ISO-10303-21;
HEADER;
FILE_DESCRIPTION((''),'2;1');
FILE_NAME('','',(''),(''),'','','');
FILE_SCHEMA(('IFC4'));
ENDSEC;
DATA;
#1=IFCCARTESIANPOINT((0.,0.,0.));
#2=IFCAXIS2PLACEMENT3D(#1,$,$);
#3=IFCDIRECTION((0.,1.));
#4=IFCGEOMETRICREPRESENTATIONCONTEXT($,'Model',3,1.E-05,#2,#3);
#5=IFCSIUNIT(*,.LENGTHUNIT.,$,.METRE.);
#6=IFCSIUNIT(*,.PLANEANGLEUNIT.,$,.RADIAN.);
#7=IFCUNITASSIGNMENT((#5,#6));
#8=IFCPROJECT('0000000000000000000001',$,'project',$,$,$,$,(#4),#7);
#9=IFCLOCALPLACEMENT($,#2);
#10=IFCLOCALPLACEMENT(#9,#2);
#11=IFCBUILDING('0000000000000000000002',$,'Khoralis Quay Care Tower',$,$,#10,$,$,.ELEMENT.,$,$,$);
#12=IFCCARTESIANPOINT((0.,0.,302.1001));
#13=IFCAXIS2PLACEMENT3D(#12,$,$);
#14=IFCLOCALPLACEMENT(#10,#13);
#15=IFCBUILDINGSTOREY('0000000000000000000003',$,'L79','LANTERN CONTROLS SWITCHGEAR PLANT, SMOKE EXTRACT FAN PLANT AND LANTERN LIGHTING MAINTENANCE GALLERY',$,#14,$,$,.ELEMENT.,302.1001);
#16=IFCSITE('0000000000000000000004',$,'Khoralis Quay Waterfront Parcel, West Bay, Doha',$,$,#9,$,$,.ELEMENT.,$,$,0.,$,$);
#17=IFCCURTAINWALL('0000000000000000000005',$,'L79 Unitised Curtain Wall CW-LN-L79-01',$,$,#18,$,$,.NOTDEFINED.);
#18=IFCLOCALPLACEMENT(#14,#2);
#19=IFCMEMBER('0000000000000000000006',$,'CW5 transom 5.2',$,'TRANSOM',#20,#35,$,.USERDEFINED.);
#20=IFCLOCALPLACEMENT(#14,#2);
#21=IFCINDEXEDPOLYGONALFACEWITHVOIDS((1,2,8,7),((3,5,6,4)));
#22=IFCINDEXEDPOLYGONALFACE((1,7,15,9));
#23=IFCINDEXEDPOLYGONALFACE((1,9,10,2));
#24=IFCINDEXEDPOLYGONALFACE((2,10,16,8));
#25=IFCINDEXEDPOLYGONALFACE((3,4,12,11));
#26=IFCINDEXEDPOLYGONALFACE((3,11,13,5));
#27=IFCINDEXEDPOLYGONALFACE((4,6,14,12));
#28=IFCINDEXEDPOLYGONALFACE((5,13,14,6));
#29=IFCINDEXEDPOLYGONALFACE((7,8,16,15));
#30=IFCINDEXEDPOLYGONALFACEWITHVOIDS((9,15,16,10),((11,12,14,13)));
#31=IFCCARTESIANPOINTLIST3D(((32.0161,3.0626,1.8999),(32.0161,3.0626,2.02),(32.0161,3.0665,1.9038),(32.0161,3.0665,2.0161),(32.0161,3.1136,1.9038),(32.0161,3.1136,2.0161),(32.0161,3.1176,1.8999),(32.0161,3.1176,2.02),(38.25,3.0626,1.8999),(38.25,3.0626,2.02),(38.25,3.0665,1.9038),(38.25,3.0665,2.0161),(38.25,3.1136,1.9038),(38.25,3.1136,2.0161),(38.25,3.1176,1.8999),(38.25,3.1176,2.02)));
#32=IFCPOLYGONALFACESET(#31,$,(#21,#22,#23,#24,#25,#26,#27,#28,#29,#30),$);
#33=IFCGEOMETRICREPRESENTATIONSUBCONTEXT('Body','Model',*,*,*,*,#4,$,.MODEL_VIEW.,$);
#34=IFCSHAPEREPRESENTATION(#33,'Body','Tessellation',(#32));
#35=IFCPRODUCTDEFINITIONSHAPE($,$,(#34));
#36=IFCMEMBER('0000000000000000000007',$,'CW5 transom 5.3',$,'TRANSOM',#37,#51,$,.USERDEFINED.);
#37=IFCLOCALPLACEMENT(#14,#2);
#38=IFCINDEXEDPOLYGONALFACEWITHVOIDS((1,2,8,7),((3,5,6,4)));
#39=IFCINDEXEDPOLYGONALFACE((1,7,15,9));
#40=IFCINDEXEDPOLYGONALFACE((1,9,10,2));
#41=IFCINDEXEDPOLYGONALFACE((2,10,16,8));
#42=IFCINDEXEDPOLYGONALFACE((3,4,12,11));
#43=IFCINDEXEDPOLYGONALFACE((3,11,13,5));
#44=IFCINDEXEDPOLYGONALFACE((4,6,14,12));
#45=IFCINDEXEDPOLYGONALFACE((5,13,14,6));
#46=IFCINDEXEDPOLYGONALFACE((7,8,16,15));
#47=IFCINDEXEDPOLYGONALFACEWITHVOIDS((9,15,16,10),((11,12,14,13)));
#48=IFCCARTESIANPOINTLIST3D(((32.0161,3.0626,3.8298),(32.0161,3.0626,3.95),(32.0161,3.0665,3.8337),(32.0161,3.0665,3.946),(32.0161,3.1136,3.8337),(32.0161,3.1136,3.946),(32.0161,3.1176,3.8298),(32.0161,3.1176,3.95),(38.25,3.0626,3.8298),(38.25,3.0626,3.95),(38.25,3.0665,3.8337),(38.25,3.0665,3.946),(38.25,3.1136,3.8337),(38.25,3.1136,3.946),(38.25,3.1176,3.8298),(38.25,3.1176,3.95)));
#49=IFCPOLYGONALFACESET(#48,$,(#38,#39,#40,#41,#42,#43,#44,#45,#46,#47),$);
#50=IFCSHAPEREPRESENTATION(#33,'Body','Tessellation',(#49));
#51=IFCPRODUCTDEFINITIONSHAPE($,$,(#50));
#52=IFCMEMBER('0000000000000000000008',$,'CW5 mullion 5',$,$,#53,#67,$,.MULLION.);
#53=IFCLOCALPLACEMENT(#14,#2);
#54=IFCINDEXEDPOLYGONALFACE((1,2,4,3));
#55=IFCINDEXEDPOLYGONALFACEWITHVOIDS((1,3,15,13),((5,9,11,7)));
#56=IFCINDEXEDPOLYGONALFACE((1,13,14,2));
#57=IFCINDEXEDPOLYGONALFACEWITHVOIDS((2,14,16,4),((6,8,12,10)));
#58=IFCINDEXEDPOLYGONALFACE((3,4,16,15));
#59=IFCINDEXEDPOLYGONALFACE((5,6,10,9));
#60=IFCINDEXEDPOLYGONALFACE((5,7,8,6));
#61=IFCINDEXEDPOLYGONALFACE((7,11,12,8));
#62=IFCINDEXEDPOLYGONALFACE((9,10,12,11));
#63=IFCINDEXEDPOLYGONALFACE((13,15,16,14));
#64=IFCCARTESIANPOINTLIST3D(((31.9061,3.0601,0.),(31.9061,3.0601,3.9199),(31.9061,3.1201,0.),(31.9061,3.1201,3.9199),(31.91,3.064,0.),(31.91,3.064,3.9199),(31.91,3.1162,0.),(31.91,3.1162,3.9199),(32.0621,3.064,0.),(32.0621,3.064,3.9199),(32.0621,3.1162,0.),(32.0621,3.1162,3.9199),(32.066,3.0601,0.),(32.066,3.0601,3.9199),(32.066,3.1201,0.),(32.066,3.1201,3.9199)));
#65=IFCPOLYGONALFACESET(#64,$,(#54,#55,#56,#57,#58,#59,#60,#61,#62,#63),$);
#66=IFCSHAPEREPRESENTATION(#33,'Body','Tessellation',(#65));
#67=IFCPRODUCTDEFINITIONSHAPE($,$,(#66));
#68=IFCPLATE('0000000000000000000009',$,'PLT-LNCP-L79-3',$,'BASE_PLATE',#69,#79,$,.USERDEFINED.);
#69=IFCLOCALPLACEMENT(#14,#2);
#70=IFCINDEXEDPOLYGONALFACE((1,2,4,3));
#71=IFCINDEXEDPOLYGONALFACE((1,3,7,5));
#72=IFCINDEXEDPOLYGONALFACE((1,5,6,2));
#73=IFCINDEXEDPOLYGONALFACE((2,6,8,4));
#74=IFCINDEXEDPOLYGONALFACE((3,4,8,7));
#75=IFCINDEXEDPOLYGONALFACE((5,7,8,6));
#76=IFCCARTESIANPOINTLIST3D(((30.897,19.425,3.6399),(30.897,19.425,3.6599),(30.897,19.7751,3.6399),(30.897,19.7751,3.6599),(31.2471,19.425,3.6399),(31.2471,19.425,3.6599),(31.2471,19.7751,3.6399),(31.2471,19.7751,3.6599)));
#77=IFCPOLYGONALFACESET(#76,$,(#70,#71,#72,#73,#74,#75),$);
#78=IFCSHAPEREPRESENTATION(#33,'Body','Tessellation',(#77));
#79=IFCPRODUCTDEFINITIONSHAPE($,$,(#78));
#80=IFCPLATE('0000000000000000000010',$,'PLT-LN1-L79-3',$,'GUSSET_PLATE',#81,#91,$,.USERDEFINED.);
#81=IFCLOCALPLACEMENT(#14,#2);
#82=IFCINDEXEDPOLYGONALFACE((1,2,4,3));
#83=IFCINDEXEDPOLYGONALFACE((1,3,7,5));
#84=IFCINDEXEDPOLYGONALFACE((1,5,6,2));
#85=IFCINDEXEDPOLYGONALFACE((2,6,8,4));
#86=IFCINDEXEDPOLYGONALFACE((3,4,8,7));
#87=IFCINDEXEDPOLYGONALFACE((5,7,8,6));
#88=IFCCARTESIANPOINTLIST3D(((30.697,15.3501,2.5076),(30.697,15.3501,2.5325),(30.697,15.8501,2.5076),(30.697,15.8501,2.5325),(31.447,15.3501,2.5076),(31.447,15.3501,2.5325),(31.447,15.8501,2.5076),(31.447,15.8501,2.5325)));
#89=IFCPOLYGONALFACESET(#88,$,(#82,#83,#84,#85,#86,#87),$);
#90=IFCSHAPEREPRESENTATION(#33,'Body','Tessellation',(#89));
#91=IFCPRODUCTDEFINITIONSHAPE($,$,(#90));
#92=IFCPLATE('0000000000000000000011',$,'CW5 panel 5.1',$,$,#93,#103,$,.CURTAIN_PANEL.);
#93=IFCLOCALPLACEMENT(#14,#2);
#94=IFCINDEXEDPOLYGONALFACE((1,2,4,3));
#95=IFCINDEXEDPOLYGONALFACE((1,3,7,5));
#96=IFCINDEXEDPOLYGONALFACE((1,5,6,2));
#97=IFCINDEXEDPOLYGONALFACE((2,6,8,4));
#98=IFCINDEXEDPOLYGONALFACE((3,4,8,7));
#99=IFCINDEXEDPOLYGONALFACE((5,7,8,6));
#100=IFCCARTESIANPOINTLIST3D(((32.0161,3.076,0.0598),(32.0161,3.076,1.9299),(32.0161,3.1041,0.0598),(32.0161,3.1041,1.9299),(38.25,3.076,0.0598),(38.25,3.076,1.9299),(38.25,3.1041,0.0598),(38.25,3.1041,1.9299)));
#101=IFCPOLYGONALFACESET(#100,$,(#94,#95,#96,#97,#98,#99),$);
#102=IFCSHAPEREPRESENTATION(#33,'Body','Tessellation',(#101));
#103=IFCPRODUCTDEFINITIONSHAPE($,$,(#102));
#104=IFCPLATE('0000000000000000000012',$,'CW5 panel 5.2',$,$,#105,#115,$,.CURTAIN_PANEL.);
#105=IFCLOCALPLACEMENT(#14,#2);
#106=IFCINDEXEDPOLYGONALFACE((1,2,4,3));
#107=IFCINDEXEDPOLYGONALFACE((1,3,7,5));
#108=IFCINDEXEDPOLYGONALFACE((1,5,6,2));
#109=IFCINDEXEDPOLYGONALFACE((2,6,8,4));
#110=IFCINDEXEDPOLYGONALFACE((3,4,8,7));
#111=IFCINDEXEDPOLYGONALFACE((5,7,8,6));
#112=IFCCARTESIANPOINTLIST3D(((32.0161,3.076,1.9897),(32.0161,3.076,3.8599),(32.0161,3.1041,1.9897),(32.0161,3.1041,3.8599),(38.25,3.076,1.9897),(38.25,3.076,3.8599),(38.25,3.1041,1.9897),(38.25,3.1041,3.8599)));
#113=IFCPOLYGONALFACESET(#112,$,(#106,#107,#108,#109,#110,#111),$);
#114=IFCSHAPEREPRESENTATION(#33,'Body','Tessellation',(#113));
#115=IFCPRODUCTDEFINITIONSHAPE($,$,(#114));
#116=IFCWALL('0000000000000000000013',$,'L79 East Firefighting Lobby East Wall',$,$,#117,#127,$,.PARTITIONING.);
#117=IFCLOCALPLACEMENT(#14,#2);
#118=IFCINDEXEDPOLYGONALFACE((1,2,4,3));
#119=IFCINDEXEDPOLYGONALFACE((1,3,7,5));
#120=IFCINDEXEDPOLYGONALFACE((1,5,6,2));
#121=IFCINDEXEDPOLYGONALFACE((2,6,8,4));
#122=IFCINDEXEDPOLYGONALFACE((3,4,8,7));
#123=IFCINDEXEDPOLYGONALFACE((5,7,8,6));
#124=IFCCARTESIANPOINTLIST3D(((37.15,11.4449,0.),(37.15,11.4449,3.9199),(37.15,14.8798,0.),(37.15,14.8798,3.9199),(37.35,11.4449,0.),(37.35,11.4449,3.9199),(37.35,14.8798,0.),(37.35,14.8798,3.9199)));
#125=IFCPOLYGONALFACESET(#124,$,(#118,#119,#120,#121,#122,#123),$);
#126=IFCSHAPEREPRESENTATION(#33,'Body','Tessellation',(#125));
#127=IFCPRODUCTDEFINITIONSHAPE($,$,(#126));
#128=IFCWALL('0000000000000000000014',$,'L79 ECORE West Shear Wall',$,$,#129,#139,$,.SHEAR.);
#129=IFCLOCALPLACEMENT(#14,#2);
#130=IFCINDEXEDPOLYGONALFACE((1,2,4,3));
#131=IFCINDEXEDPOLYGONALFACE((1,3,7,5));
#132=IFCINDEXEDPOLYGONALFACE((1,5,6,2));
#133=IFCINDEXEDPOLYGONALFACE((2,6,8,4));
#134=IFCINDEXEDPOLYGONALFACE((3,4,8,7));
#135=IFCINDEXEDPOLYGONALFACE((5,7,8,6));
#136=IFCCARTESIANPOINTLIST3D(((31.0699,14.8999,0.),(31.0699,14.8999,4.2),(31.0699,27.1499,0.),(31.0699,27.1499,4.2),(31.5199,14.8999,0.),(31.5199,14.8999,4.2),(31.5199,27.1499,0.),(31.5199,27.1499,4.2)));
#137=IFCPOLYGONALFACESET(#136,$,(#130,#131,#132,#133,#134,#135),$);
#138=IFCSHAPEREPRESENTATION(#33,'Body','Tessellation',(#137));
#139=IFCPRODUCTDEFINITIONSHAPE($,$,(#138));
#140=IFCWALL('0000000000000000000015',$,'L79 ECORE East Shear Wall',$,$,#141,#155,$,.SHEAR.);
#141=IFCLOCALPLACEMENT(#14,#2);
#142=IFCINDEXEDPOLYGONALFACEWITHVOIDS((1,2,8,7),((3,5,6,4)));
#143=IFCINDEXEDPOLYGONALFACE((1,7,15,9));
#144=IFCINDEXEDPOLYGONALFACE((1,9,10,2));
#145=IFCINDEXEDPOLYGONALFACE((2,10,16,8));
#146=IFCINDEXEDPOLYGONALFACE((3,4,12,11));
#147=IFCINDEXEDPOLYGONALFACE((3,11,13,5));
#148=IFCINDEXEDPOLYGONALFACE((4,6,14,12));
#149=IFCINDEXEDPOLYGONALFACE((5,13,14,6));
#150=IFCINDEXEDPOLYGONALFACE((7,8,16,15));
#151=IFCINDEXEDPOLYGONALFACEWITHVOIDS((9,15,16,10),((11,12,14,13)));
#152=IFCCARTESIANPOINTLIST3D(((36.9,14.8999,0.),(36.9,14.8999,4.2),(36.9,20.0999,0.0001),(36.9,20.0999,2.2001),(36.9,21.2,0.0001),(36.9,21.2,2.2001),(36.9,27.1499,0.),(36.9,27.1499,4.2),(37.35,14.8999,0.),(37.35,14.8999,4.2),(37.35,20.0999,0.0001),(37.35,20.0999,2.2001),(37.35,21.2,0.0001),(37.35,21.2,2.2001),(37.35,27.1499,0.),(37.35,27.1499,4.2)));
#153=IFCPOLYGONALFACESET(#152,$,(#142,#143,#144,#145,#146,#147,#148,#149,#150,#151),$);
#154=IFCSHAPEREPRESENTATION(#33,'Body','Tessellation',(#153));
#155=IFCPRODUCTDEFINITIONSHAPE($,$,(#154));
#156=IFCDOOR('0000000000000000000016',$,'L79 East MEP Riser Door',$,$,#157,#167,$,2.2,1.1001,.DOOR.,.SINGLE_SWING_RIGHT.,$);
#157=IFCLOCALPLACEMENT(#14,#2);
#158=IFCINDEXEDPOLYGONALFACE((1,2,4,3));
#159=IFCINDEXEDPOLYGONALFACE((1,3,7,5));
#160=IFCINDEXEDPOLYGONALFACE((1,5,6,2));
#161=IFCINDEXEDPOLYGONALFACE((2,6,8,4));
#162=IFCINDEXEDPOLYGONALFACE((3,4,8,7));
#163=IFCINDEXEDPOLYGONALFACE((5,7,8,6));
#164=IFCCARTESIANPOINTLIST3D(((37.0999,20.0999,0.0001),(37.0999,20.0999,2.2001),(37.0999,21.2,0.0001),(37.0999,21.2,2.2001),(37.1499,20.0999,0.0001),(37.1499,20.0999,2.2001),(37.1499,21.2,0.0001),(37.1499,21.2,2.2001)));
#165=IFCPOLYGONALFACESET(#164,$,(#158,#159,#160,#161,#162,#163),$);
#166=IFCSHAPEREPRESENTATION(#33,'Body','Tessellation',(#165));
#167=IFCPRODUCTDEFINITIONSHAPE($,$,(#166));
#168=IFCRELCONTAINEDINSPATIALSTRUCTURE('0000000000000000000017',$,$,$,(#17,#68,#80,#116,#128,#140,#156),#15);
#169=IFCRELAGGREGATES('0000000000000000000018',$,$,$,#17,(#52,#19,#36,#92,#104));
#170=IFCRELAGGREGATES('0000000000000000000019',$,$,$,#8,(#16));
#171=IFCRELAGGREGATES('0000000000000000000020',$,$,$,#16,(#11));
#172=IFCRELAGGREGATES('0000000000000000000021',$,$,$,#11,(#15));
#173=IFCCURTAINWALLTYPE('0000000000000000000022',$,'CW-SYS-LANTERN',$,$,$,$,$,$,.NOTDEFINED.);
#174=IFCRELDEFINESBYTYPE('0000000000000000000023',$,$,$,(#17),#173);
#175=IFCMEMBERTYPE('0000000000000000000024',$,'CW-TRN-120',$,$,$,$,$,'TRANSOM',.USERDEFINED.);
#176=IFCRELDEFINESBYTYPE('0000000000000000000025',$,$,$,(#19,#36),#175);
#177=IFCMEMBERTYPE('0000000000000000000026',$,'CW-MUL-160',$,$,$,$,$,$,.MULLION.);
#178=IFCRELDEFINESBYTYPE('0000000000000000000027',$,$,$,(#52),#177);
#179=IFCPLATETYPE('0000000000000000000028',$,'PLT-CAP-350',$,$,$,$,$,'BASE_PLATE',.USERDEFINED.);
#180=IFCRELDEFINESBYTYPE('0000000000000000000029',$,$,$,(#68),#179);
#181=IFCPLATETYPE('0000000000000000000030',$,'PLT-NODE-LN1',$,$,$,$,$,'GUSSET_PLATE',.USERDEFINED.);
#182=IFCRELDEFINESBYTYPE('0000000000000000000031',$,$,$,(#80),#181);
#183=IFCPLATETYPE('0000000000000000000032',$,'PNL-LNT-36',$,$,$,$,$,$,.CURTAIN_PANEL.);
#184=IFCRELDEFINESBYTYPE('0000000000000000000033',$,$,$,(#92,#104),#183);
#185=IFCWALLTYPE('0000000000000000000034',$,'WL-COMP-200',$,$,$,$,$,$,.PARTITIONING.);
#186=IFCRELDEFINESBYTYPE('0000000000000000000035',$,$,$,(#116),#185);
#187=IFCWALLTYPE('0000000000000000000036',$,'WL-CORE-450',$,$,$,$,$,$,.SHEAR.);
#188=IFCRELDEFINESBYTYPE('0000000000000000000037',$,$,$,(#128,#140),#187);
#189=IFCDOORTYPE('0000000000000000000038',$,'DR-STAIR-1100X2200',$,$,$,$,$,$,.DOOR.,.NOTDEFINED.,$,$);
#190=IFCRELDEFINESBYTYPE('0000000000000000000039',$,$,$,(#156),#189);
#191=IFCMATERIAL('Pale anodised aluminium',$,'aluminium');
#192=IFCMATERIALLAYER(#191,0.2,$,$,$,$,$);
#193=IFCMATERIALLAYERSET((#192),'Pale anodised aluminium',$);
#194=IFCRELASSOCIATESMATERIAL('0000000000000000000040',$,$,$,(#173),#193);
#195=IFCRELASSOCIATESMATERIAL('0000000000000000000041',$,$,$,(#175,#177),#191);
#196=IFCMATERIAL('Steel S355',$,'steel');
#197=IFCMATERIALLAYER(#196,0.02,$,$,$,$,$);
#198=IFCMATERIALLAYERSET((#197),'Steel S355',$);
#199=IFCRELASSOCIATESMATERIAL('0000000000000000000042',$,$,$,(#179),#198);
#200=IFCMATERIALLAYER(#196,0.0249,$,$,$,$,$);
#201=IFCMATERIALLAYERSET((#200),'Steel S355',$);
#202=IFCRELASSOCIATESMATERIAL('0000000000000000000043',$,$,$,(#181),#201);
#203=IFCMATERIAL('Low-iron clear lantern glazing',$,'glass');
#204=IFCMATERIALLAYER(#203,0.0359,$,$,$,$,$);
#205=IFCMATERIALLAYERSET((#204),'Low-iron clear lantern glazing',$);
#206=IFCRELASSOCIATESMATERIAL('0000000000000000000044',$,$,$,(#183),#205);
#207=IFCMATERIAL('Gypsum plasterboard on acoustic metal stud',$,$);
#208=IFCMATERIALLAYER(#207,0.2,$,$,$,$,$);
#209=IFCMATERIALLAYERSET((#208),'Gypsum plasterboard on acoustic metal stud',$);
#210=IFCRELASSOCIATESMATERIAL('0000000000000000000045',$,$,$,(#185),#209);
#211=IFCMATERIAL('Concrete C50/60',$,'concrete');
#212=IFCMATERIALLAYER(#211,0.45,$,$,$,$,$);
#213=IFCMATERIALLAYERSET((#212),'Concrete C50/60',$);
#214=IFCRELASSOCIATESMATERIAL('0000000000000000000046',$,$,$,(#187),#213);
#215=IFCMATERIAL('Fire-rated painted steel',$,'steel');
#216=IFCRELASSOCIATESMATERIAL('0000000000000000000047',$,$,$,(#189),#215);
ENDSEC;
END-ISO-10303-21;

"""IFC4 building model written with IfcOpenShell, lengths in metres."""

from ifc_helpers import new_model, si_unit, direction, frame, frame_2d, origin, origin_2d, place, context, subcontext, project, spatial, rectangle, hollow_rectangle, extrude, source, transform, mapped, material, layer, layer_set, material_profile, profile_set, type_object, element, fill, aggregate, save


model = new_model("IFC4")

# Units and contexts
model_context = context("Model", 3, precision=1e-05, world=origin(), true_north=direction((0.0, 1.0)))
body_context = subcontext(model_context, "Body", "Model", "MODEL_VIEW")
ifc_project = project(units=[si_unit("LENGTHUNIT", "METRE"), si_unit("PLANEANGLEUNIT", "RADIAN")], contexts=[model_context])

# Site, building, storey
site_placement = place(None, origin())
site = spatial("IfcSite", under=ifc_project, at=site_placement, Name="Khoralis Quay Waterfront Parcel, West Bay, Doha", CompositionType="ELEMENT", RefElevation=0.0)
building_placement = place(site_placement, origin())
building = spatial("IfcBuilding", under=site, at=building_placement, Name="Khoralis Quay Care Tower", CompositionType="ELEMENT")
storey_placement = place(building_placement, frame((0.0, 0.0, 302.1001)))
storey = spatial("IfcBuildingStorey", under=building, at=storey_placement, Name="L79", Description="LANTERN CONTROLS SWITCHGEAR PLANT, SMOKE EXTRACT FAN PLANT AND LANTERN LIGHTING MAINTENANCE GALLERY", CompositionType="ELEMENT", Elevation=302.1001)

# Shared definitions
ifc_material_1 = material(Name="Steel S355", Category="steel")

# Curtain wall, members
ifc_material_2 = material(Name="Pale anodised aluminium", Category="aluminium")
ifc_layer_1 = layer(ifc_material_2, 0.2)
ifc_layer_set_1 = layer_set([ifc_layer_1], Name="Pale anodised aluminium")
curtain_wall_type = type_object("IfcCurtainWallType", Name="CW-SYS-LANTERN", PredefinedType="NOTDEFINED", material=ifc_layer_set_1)
curtain_wall_placement = place(storey_placement, origin())
curtain_wall = element("IfcCurtainWall", 1, at=curtain_wall_placement, inside=storey, type_object=curtain_wall_type, Name="L79 Unitised Curtain Wall CW-LN-L79-01", PredefinedType="NOTDEFINED")
ifc_material_profile_1 = material_profile(ifc_material_2, hollow_rectangle(XDim=0.0549, YDim=0.1201, WallThickness=0.0039, at=origin_2d()), Name="Pale anodised aluminium")
ifc_profile_set_1 = profile_set([ifc_material_profile_1], Name="Pale anodised aluminium")
member_type_1 = type_object("IfcMemberType", Name="CW-TRN-120", ElementType="TRANSOM", PredefinedType="USERDEFINED", material=ifc_profile_set_1)
shared_shape_1 = source(origin(), body_context, "Body", "SweptSolid", [
    extrude(hollow_rectangle(XDim=0.0549, YDim=0.1201, WallThickness=0.0039, at=origin_2d()), origin(), (0.0, 0.0, 1.0), 6.2339),
])
member_1_placement = place(storey_placement, frame((32.0161, 3.0901, 1.96), z_axis=(1.0, 0.0, 0.0), x_axis=(0.0, 1.0, 0.0)))
member_1 = element("IfcMember", 2, at=member_1_placement, type_object=member_type_1, Name="CW5 transom 5.2", ObjectType="TRANSOM", PredefinedType="USERDEFINED", context=body_context, shape_type="MappedRepresentation", body=[
    mapped(shared_shape_1, transform((0.0, 0.0, 0.0), scale=1.0)),
])
member_2_placement = place(storey_placement, frame((32.0161, 3.0901, 3.8899), z_axis=(1.0, 0.0, 0.0), x_axis=(0.0, 1.0, 0.0)))
member_2 = element("IfcMember", 3, at=member_2_placement, type_object=member_type_1, Name="CW5 transom 5.3", ObjectType="TRANSOM", PredefinedType="USERDEFINED", context=body_context, shape_type="MappedRepresentation", body=[
    mapped(shared_shape_1, transform((0.0, 0.0, 0.0), scale=1.0)),
])
ifc_material_profile_2 = material_profile(ifc_material_2, hollow_rectangle(XDim=0.0601, YDim=0.1599, WallThickness=0.0039, at=origin_2d()), Name="Pale anodised aluminium")
ifc_profile_set_2 = profile_set([ifc_material_profile_2], Name="Pale anodised aluminium")
member_type_2 = type_object("IfcMemberType", Name="CW-MUL-160", PredefinedType="MULLION", material=ifc_profile_set_2)
shared_shape_2 = source(origin(), body_context, "Body", "SweptSolid", [
    extrude(hollow_rectangle(XDim=0.0601, YDim=0.1599, WallThickness=0.0039, at=origin_2d()), origin(), (0.0, 0.0, 1.0), 3.9199),
])
member_3_placement = place(storey_placement, frame((31.9861, 3.0901, 0.0), z_axis=(0.0, 0.0, 1.0), x_axis=(0.0, 1.0, 0.0)))
member_3 = element("IfcMember", 4, at=member_3_placement, type_object=member_type_2, Name="CW5 mullion 5", PredefinedType="MULLION", context=body_context, shape_type="MappedRepresentation", body=[
    mapped(shared_shape_2, transform((0.0, 0.0, 0.0), scale=1.0)),
])

# Plates
ifc_layer_2 = layer(ifc_material_1, 0.02)
ifc_layer_set_2 = layer_set([ifc_layer_2], Name="Steel S355")
plate_type_1 = type_object("IfcPlateType", Name="PLT-CAP-350", ElementType="BASE_PLATE", PredefinedType="USERDEFINED", material=ifc_layer_set_2)
shared_shape_3 = source(origin(), body_context, "Body", "SweptSolid", [
    extrude(rectangle(XDim=0.3501, YDim=0.3501, at=origin_2d()), origin(), (0.0, 0.0, 1.0), 0.02),
])
plate_1_placement = place(storey_placement, frame((31.072, 19.6001, 3.6399), z_axis=(0.0, 0.0, 1.0), x_axis=(1.0, 0.0, 0.0)))
element("IfcPlate", 5, at=plate_1_placement, inside=storey, type_object=plate_type_1, Name="PLT-LNCP-L79-3", ObjectType="BASE_PLATE", PredefinedType="USERDEFINED", context=body_context, shape_type="MappedRepresentation", body=[
    mapped(shared_shape_3, transform((0.0, 0.0, 0.0), scale=1.0)),
])
ifc_layer_3 = layer(ifc_material_1, 0.0249)
ifc_layer_set_3 = layer_set([ifc_layer_3], Name="Steel S355")
plate_type_2 = type_object("IfcPlateType", Name="PLT-NODE-LN1", ElementType="GUSSET_PLATE", PredefinedType="USERDEFINED", material=ifc_layer_set_3)
shared_shape_4 = source(origin(), body_context, "Body", "SweptSolid", [
    extrude(rectangle(XDim=0.75, YDim=0.5, at=origin_2d()), origin(), (0.0, 0.0, 1.0), 0.0249),
])
plate_2_placement = place(storey_placement, frame((31.072, 15.6001, 2.5076), z_axis=(0.0, 0.0, 1.0), x_axis=(1.0, 0.0, 0.0)))
element("IfcPlate", 6, at=plate_2_placement, inside=storey, type_object=plate_type_2, Name="PLT-LN1-L79-3", ObjectType="GUSSET_PLATE", PredefinedType="USERDEFINED", context=body_context, shape_type="MappedRepresentation", body=[
    mapped(shared_shape_4, transform((0.0, 0.0, 0.0), scale=1.0)),
])

# Plates
ifc_material_3 = material(Name="Low-iron clear lantern glazing", Category="glass")
ifc_layer_4 = layer(ifc_material_3, 0.0359)
ifc_layer_set_4 = layer_set([ifc_layer_4], Name="Low-iron clear lantern glazing")
plate_type_3 = type_object("IfcPlateType", Name="PNL-LNT-36", PredefinedType="CURTAIN_PANEL", material=ifc_layer_set_4)
shared_shape_5 = source(origin(), body_context, "Body", "SweptSolid", [
    extrude(rectangle(XDim=6.2339, YDim=0.0281, at=origin_2d()), origin(), (0.0, 0.0, 1.0), 1.8701),
])
plate_3_placement = place(storey_placement, frame((35.1331, 3.0901, 0.0598), z_axis=(0.0, 0.0, 1.0), x_axis=(1.0, 0.0, 0.0)))
plate_3 = element("IfcPlate", 7, at=plate_3_placement, type_object=plate_type_3, Name="CW5 panel 5.1", PredefinedType="CURTAIN_PANEL", context=body_context, shape_type="MappedRepresentation", body=[
    mapped(shared_shape_5, transform((0.0, 0.0, 0.0), scale=1.0)),
])
plate_4_placement = place(storey_placement, frame((35.1331, 3.0901, 1.9897), z_axis=(0.0, 0.0, 1.0), x_axis=(1.0, 0.0, 0.0)))
plate_4 = element("IfcPlate", 8, at=plate_4_placement, type_object=plate_type_3, Name="CW5 panel 5.2", PredefinedType="CURTAIN_PANEL", context=body_context, shape_type="MappedRepresentation", body=[
    mapped(shared_shape_5, transform((0.0, 0.0, 0.0), scale=1.0)),
])
aggregate(curtain_wall, [member_3, member_1, member_2, plate_3, plate_4])

# Walls
ifc_material_4 = material(Name="Gypsum plasterboard on acoustic metal stud")
ifc_layer_5 = layer(ifc_material_4, 0.2)
ifc_layer_set_5 = layer_set([ifc_layer_5], Name="Gypsum plasterboard on acoustic metal stud")
wall_type_1 = type_object("IfcWallType", Name="WL-COMP-200", PredefinedType="PARTITIONING", material=ifc_layer_set_5)
wall_1_placement = place(storey_placement, frame((37.25, 11.4451, 0.0), z_axis=(0.0, 0.0, 1.0), x_axis=(0.0, 1.0, 0.0)))
element("IfcWall", 9, at=wall_1_placement, inside=storey, type_object=wall_type_1, Name="L79 East Firefighting Lobby East Wall", PredefinedType="PARTITIONING", context=body_context, shape_type="SweptSolid", body=[
    extrude(rectangle(XDim=3.4348, YDim=0.2, at=frame_2d((1.7173, 0.0))), origin(), (0.0, 0.0, 1.0), 3.9199),
])
ifc_material_5 = material(Name="Concrete C50/60", Category="concrete")
ifc_layer_6 = layer(ifc_material_5, 0.45)
ifc_layer_set_6 = layer_set([ifc_layer_6], Name="Concrete C50/60")
wall_type_2 = type_object("IfcWallType", Name="WL-CORE-450", PredefinedType="SHEAR", material=ifc_layer_set_6)
wall_2_placement = place(storey_placement, frame((31.2949, 14.8999, 0.0), z_axis=(0.0, 0.0, 1.0), x_axis=(0.0, 1.0, 0.0)))
element("IfcWall", 10, at=wall_2_placement, inside=storey, type_object=wall_type_2, Name="L79 ECORE West Shear Wall", PredefinedType="SHEAR", context=body_context, shape_type="SweptSolid", body=[
    extrude(rectangle(XDim=12.25, YDim=0.45, at=frame_2d((6.125, 0.0))), origin(), (0.0, 0.0, 1.0), 4.2),
])

# Wall, opening, door
wall_3_placement = place(storey_placement, frame((37.125, 14.8999, 0.0), z_axis=(0.0, 0.0, 1.0), x_axis=(0.0, 1.0, 0.0)))
wall_3 = element("IfcWall", 11, at=wall_3_placement, inside=storey, type_object=wall_type_2, Name="L79 ECORE East Shear Wall", PredefinedType="SHEAR", context=body_context, shape_type="SweptSolid", body=[
    extrude(rectangle(XDim=12.25, YDim=0.45, at=frame_2d((6.125, 0.0))), origin(), (0.0, 0.0, 1.0), 4.2),
])
opening_1_placement = place(wall_3_placement, frame((5.2, 0.0, 0.0)))
opening_1 = element("IfcOpeningElement", 12, at=opening_1_placement, cuts=wall_3, PredefinedType="OPENING", context=body_context, shape_type="SweptSolid", body=[
    extrude(rectangle(XDim=1.1001, YDim=2.2, at=frame_2d((0.55, 1.1001))), frame((0.0, 0.2349, 0.0), z_axis=(0.0, -1.0, 0.0), x_axis=(1.0, 0.0, 0.0)), (0.0, 0.0, 1.0), 0.47),
])
ifc_material_6 = material(Name="Fire-rated painted steel", Category="steel")
door_type_1 = type_object("IfcDoorType", Name="DR-STAIR-1100X2200", OperationType="NOTDEFINED", PredefinedType="DOOR", material=ifc_material_6)
shared_shape_6 = source(origin(), body_context, "Body", "SweptSolid", [
    extrude(rectangle(XDim=1.1001, YDim=2.2, at=frame_2d((0.55, 1.1001))), frame((0.0, 0.0249, 0.0), z_axis=(0.0, -1.0, 0.0), x_axis=(1.0, 0.0, 0.0)), (0.0, 0.0, 1.0), 0.05),
])
door_1_placement = place(opening_1_placement, frame((1.1001, 0.0, 0.0), z_axis=(0.0, 0.0, 1.0), x_axis=(-1.0, 0.0, 0.0)))
door_1 = element("IfcDoor", 13, at=door_1_placement, inside=storey, type_object=door_type_1, Name="L79 East MEP Riser Door", OperationType="SINGLE_SWING_RIGHT", OverallHeight=2.2, OverallWidth=1.1001, PredefinedType="DOOR", context=body_context, shape_type="MappedRepresentation", body=[
    mapped(shared_shape_6, transform((0.0, 0.0, 0.0), scale=1.0)),
])
fill(opening_1, door_1)

save(model, "model.ifc")
